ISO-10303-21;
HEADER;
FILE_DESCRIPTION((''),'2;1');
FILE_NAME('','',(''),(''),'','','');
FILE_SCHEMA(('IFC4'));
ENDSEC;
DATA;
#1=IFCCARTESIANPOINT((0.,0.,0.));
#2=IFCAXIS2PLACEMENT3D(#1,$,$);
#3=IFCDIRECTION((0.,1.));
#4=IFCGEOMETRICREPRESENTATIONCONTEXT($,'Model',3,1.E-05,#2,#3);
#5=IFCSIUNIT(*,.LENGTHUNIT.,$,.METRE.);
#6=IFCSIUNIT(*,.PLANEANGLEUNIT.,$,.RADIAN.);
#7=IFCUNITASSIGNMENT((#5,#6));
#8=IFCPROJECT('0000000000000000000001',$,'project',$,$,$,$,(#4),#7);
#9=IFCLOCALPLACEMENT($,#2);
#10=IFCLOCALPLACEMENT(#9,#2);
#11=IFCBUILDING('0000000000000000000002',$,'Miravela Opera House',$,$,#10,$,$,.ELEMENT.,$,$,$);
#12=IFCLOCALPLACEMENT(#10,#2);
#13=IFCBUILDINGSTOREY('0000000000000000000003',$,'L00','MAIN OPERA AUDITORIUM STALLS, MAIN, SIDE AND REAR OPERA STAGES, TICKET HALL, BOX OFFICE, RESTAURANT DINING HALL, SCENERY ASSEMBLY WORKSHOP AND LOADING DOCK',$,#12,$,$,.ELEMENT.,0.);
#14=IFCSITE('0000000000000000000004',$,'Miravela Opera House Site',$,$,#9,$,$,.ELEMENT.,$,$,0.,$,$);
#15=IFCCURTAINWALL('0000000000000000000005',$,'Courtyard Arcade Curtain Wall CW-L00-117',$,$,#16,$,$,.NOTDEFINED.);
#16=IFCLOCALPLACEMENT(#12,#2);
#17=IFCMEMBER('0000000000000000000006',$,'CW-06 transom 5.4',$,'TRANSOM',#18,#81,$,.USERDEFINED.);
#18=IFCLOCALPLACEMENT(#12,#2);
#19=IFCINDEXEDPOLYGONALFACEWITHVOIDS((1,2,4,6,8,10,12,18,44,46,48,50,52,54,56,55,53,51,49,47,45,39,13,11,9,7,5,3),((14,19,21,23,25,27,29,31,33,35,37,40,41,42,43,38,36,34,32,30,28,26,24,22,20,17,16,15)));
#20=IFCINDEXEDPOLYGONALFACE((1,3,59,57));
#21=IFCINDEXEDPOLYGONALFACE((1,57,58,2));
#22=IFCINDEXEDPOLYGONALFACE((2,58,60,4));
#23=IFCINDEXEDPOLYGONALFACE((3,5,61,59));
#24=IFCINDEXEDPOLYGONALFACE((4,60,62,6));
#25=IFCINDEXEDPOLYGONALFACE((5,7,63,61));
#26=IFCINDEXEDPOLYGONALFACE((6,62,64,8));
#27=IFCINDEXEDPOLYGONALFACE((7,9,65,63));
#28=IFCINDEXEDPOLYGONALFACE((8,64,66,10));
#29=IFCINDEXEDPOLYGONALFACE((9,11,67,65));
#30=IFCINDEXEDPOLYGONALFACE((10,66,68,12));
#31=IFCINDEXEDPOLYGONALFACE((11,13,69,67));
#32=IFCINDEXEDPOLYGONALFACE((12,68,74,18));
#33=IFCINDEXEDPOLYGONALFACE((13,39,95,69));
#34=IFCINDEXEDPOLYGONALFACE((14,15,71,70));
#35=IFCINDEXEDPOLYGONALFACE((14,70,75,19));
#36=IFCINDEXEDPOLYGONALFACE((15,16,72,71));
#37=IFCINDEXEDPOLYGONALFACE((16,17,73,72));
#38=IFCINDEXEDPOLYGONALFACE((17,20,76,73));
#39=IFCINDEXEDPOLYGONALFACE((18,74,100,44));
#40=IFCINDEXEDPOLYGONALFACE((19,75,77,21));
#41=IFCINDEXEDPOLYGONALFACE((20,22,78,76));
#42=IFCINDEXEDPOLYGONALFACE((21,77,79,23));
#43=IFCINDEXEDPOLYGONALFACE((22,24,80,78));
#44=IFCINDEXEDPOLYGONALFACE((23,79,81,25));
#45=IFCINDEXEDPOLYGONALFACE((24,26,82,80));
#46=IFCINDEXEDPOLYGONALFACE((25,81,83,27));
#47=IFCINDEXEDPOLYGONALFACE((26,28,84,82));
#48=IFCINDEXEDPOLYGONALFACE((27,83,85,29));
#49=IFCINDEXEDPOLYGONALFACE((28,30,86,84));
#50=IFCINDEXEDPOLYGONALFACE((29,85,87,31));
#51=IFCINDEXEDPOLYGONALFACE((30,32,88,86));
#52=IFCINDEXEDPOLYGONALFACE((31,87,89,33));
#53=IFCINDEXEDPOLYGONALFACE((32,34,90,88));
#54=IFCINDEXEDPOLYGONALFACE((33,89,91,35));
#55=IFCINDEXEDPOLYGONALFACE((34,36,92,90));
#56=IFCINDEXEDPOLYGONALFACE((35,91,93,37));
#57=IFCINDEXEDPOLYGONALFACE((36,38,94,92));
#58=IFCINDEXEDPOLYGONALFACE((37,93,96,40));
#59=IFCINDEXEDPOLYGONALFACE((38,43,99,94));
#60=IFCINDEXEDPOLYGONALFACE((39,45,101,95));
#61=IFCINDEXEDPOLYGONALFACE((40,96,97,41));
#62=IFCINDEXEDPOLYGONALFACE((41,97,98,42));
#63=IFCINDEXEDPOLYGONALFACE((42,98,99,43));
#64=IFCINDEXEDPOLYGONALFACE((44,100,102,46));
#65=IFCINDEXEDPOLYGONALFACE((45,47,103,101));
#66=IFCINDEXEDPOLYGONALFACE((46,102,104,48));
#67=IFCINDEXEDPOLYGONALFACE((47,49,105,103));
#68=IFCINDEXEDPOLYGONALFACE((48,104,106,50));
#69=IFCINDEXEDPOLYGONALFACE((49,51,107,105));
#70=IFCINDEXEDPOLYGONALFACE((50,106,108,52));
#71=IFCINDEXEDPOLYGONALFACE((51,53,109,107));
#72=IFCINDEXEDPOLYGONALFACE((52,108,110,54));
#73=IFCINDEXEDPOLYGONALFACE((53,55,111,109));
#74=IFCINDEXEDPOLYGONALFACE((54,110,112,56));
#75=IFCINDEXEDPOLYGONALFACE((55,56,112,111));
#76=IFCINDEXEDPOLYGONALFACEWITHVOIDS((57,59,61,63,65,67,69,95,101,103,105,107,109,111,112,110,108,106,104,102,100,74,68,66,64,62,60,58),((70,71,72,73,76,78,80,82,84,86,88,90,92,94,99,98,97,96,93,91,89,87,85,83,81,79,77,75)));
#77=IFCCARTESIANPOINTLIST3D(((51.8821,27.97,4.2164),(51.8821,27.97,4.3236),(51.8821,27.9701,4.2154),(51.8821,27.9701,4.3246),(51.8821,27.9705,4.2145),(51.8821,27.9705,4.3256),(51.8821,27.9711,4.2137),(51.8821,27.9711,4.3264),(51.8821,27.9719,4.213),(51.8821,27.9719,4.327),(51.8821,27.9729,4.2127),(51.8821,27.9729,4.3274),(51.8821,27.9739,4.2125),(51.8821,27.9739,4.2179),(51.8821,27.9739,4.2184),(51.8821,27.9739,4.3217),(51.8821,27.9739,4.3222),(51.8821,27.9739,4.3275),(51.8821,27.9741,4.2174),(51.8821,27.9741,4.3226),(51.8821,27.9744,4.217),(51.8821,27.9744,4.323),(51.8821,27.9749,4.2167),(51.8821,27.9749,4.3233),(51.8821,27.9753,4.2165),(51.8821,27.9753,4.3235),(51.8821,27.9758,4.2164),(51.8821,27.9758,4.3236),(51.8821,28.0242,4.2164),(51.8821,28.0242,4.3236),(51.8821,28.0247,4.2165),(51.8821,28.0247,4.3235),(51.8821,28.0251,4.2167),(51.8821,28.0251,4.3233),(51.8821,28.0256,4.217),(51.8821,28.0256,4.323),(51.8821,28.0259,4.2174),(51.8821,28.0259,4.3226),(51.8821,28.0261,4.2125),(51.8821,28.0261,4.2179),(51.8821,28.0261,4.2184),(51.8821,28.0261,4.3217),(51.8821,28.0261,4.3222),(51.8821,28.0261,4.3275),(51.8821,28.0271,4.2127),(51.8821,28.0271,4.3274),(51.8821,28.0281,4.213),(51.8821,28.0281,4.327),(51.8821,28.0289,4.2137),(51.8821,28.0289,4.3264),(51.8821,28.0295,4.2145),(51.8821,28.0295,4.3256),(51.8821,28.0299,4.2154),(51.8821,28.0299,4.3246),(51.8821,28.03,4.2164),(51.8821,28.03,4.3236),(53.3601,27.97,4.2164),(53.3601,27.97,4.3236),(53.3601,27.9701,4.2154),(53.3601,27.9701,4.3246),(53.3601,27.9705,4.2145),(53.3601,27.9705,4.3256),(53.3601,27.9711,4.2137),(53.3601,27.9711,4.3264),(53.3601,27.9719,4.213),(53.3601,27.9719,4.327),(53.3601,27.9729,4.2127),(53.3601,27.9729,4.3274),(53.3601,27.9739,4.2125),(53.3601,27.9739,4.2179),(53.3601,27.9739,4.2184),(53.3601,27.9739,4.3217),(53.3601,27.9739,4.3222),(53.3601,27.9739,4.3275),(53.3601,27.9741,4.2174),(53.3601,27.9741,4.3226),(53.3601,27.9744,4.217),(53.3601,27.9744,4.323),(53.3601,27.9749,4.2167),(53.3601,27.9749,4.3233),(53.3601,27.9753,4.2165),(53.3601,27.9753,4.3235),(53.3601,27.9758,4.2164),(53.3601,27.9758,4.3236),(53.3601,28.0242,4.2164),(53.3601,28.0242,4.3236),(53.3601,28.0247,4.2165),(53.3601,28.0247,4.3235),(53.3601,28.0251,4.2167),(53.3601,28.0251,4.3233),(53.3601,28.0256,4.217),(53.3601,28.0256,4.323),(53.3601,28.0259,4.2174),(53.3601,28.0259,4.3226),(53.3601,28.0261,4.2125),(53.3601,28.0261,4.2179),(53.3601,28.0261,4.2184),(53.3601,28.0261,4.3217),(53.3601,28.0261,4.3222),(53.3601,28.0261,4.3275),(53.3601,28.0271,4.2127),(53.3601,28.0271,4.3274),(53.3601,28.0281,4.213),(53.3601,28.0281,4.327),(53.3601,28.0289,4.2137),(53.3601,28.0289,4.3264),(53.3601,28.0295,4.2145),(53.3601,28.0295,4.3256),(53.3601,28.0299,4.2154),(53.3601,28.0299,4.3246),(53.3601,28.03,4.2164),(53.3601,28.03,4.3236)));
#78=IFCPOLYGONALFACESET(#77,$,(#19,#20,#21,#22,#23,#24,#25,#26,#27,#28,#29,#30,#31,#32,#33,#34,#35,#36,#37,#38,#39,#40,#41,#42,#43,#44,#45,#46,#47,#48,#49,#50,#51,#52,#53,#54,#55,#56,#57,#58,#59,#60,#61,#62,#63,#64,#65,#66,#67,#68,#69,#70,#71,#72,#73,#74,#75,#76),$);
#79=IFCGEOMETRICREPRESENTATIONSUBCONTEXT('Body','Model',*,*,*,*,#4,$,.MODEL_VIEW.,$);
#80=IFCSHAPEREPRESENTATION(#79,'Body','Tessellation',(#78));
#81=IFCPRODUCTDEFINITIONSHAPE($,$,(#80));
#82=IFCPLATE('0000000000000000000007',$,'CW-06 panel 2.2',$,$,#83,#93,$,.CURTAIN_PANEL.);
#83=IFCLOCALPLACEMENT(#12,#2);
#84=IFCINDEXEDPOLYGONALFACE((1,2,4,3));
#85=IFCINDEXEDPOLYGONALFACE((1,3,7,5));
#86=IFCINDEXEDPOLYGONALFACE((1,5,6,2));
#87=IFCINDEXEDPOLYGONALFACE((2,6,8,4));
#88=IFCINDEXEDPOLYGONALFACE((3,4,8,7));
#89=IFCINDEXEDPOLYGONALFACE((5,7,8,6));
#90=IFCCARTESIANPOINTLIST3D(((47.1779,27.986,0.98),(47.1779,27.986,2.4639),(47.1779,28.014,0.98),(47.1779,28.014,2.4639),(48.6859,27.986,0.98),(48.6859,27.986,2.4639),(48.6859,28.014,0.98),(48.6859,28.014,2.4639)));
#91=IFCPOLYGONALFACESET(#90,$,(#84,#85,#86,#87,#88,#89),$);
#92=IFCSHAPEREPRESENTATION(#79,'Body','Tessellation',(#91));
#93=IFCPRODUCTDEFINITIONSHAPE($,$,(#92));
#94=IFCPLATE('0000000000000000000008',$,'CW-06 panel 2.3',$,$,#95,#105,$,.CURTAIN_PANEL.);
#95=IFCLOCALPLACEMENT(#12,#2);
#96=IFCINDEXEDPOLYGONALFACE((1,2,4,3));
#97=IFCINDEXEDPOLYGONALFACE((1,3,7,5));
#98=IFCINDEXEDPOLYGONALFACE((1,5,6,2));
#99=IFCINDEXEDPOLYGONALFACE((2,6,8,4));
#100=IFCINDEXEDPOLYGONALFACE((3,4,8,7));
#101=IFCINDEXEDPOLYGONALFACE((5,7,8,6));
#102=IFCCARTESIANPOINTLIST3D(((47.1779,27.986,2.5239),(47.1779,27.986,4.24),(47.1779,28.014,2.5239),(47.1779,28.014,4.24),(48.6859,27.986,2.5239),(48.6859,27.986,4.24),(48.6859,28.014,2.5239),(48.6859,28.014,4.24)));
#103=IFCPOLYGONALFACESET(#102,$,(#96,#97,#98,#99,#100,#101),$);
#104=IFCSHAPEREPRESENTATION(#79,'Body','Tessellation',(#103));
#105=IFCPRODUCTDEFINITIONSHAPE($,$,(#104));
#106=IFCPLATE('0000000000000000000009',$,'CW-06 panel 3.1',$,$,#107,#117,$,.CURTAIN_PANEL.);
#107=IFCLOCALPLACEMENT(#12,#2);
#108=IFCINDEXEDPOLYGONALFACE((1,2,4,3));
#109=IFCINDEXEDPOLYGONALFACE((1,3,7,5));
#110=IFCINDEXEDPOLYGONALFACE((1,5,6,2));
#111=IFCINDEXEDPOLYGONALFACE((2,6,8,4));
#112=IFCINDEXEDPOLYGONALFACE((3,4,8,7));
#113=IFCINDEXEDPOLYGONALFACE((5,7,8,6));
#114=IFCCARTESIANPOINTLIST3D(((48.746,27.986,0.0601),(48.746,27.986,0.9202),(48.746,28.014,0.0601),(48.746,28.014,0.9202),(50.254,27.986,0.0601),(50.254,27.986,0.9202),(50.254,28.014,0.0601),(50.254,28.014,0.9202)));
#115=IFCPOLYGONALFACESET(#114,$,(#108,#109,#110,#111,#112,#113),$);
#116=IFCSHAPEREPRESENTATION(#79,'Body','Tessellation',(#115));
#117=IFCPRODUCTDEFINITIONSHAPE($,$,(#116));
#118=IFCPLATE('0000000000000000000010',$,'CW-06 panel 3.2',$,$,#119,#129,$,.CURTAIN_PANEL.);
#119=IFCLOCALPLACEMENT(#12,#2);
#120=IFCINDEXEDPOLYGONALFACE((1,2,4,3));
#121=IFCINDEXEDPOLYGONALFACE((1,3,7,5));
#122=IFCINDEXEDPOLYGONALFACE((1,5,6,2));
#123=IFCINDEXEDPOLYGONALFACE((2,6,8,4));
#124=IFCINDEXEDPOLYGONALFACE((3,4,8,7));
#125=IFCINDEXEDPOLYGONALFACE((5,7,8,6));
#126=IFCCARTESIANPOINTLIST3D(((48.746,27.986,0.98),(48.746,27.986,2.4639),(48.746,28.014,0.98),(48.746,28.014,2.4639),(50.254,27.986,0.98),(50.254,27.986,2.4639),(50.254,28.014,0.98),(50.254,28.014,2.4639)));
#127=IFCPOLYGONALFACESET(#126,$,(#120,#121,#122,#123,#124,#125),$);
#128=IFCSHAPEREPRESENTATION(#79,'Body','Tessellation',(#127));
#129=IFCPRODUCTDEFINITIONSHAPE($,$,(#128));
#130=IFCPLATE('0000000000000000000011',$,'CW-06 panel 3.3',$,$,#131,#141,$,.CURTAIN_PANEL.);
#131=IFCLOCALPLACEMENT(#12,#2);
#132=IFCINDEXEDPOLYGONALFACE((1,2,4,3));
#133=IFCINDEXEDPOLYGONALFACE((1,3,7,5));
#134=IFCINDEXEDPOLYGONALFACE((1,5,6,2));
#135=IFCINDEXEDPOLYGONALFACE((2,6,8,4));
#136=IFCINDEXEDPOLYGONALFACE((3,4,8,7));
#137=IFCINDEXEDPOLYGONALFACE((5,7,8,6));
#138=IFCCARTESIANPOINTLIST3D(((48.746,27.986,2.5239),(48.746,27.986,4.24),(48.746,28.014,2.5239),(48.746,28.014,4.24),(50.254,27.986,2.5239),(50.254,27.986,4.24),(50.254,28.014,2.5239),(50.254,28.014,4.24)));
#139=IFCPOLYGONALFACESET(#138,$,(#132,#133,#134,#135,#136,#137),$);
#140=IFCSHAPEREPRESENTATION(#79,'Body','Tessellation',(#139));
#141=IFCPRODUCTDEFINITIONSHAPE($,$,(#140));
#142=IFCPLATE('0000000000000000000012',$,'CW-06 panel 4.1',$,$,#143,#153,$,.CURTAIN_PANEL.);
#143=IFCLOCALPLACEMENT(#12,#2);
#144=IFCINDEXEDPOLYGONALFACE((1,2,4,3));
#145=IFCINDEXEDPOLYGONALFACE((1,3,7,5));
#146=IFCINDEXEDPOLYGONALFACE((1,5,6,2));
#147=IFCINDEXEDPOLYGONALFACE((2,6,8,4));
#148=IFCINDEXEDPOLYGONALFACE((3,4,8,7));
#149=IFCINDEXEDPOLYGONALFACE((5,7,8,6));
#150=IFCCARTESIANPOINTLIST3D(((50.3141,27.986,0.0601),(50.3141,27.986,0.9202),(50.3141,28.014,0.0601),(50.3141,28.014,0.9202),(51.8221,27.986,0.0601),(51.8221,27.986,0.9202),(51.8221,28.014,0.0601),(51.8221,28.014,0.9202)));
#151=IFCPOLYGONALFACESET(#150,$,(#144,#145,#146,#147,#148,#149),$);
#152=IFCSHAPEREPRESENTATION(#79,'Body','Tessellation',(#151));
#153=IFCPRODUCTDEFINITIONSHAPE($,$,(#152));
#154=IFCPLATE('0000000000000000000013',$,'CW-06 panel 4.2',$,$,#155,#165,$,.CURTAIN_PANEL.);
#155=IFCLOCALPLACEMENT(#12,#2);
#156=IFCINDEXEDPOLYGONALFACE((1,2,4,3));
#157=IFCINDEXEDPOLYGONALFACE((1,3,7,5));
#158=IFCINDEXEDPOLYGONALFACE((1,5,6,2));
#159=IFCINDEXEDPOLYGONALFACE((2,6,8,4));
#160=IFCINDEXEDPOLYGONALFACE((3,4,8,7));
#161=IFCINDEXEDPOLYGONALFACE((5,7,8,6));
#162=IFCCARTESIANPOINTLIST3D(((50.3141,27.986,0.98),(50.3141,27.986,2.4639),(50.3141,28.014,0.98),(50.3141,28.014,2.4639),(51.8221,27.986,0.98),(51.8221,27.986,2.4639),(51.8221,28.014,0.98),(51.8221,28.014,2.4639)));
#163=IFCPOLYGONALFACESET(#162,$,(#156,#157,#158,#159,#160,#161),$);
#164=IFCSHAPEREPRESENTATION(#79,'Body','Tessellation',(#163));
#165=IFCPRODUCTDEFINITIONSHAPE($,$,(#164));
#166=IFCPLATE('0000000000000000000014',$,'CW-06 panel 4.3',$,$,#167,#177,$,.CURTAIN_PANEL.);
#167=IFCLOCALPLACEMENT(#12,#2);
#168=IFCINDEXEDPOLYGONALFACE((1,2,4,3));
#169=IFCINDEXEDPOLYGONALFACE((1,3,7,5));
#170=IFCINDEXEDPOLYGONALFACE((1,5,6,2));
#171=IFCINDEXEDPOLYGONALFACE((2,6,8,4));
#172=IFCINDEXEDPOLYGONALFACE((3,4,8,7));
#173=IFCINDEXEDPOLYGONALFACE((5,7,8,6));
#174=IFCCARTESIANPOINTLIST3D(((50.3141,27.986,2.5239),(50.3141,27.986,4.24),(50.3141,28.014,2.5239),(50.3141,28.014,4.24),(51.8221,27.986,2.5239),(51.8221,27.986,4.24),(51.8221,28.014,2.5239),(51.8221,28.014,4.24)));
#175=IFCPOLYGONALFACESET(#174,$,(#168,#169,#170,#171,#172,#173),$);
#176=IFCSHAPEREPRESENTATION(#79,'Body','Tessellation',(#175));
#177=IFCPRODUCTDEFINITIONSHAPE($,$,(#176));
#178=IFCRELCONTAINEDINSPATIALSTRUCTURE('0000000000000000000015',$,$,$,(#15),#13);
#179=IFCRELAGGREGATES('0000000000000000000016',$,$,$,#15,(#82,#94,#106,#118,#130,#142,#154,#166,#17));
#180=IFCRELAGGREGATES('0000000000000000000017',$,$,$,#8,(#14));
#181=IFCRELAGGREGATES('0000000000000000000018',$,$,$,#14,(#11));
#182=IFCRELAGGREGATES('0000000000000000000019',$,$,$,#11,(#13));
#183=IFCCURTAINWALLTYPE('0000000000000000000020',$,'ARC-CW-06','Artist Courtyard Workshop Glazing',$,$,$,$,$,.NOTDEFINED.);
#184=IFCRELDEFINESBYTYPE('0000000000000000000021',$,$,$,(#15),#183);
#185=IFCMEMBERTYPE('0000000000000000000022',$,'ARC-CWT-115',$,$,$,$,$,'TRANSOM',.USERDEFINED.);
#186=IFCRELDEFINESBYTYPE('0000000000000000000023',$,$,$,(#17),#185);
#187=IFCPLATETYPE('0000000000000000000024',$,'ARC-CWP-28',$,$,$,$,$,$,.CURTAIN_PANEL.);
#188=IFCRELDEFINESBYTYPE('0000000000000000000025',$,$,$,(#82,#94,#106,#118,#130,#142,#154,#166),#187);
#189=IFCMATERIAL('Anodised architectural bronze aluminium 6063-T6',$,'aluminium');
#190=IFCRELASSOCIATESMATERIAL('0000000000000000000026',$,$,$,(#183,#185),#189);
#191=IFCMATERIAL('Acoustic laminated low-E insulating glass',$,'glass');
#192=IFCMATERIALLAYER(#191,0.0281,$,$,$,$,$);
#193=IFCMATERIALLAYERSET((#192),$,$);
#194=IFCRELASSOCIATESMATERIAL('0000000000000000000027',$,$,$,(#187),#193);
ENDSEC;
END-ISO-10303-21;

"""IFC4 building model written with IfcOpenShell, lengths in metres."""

from ifc_helpers import new_model, si_unit, direction, frame, origin, origin_2d, place, context, subcontext, project, spatial, rectangle, hollow_rectangle, extrude, material, layer, layer_set, material_profile, profile_set, type_object, element, aggregate, save


model = new_model("IFC4")

# Units and contexts
model_context = context("Model", 3, precision=1e-05, world=origin(), true_north=direction((0.0, 1.0)))
body_context = subcontext(model_context, "Body", "Model", "MODEL_VIEW")
ifc_project = project(units=[si_unit("LENGTHUNIT", "METRE"), si_unit("PLANEANGLEUNIT", "RADIAN")], contexts=[model_context])

# Site, building, storey
site_placement = place(None, origin())
site = spatial("IfcSite", under=ifc_project, at=site_placement, Name="Miravela Opera House Site", CompositionType="ELEMENT", RefElevation=0.0)
building_placement = place(site_placement, origin())
building = spatial("IfcBuilding", under=site, at=building_placement, Name="Miravela Opera House", CompositionType="ELEMENT")
storey_placement = place(building_placement, origin())
storey = spatial("IfcBuildingStorey", under=building, at=storey_placement, Name="L00", Description="MAIN OPERA AUDITORIUM STALLS, MAIN, SIDE AND REAR OPERA STAGES, TICKET HALL, BOX OFFICE, RESTAURANT DINING HALL, SCENERY ASSEMBLY WORKSHOP AND LOADING DOCK", CompositionType="ELEMENT", Elevation=0.0)

# Curtain wall, member, plates
ifc_material_1 = material(Name="Anodised architectural bronze aluminium 6063-T6", Category="aluminium")
curtain_wall_type = type_object("IfcCurtainWallType", Name="ARC-CW-06", Description="Artist Courtyard Workshop Glazing", PredefinedType="NOTDEFINED", material=ifc_material_1)
curtain_wall_placement = place(storey_placement, origin())
curtain_wall = element("IfcCurtainWall", 1, at=curtain_wall_placement, inside=storey, type_object=curtain_wall_type, Name="Courtyard Arcade Curtain Wall CW-L00-117", PredefinedType="NOTDEFINED")
ifc_material_profile_1 = material_profile(ifc_material_1, hollow_rectangle(XDim=0.0601, YDim=0.115, WallThickness=0.0039, InnerFilletRadius=0.002, OuterFilletRadius=0.0039, at=origin_2d()), Name="CWT-60X115")
ifc_profile_set_1 = profile_set([ifc_material_profile_1])
member_type_1 = type_object("IfcMemberType", Name="ARC-CWT-115", ElementType="TRANSOM", PredefinedType="USERDEFINED", material=ifc_profile_set_1)
member_1_placement = place(storey_placement, frame((51.8821, 28.0, 4.27), z_axis=(1.0, 0.0, 0.0), x_axis=(0.0, 1.0, 0.0)))
member_1 = element("IfcMember", 2, at=member_1_placement, type_object=member_type_1, Name="CW-06 transom 5.4", ObjectType="TRANSOM", PredefinedType="USERDEFINED", context=body_context, shape_type="SweptSolid", body=[
    extrude(hollow_rectangle(XDim=0.0601, YDim=0.115, WallThickness=0.0039, InnerFilletRadius=0.002, OuterFilletRadius=0.0039, at=origin_2d()), origin(), (0.0, 0.0, 1.0), 1.478),
])
ifc_material_2 = material(Name="Acoustic laminated low-E insulating glass", Category="glass")
ifc_layer = layer(ifc_material_2, 0.0281)
ifc_layer_set = layer_set([ifc_layer])
plate_type = type_object("IfcPlateType", Name="ARC-CWP-28", PredefinedType="CURTAIN_PANEL", material=ifc_layer_set)
plate_1_placement = place(storey_placement, frame((47.9319, 28.0, 0.98), z_axis=(0.0, 0.0, 1.0), x_axis=(1.0, 0.0, 0.0)))
plate_1 = element("IfcPlate", 3, at=plate_1_placement, type_object=plate_type, Name="CW-06 panel 2.2", PredefinedType="CURTAIN_PANEL", context=body_context, shape_type="SweptSolid", body=[
    extrude(rectangle(XDim=1.5081, YDim=0.0281, at=origin_2d()), origin(), (0.0, 0.0, 1.0), 1.4839),
])
plate_2_placement = place(storey_placement, frame((47.9319, 28.0, 2.5239), z_axis=(0.0, 0.0, 1.0), x_axis=(1.0, 0.0, 0.0)))
plate_2 = element("IfcPlate", 4, at=plate_2_placement, type_object=plate_type, Name="CW-06 panel 2.3", PredefinedType="CURTAIN_PANEL", context=body_context, shape_type="SweptSolid", body=[
    extrude(rectangle(XDim=1.5081, YDim=0.0281, at=origin_2d()), origin(), (0.0, 0.0, 1.0), 1.7161),
])
plate_3_placement = place(storey_placement, frame((49.5, 28.0, 0.0601), z_axis=(0.0, 0.0, 1.0), x_axis=(1.0, 0.0, 0.0)))
plate_3 = element("IfcPlate", 5, at=plate_3_placement, type_object=plate_type, Name="CW-06 panel 3.1", PredefinedType="CURTAIN_PANEL", context=body_context, shape_type="SweptSolid", body=[
    extrude(rectangle(XDim=1.5081, YDim=0.0281, at=origin_2d()), origin(), (0.0, 0.0, 1.0), 0.8601),
])
plate_4_placement = place(storey_placement, frame((49.5, 28.0, 0.98), z_axis=(0.0, 0.0, 1.0), x_axis=(1.0, 0.0, 0.0)))
plate_4 = element("IfcPlate", 6, at=plate_4_placement, type_object=plate_type, Name="CW-06 panel 3.2", PredefinedType="CURTAIN_PANEL", context=body_context, shape_type="SweptSolid", body=[
    extrude(rectangle(XDim=1.5081, YDim=0.0281, at=origin_2d()), origin(), (0.0, 0.0, 1.0), 1.4839),
])
plate_5_placement = place(storey_placement, frame((49.5, 28.0, 2.5239), z_axis=(0.0, 0.0, 1.0), x_axis=(1.0, 0.0, 0.0)))
plate_5 = element("IfcPlate", 7, at=plate_5_placement, type_object=plate_type, Name="CW-06 panel 3.3", PredefinedType="CURTAIN_PANEL", context=body_context, shape_type="SweptSolid", body=[
    extrude(rectangle(XDim=1.5081, YDim=0.0281, at=origin_2d()), origin(), (0.0, 0.0, 1.0), 1.7161),
])
plate_6_placement = place(storey_placement, frame((51.0681, 28.0, 0.0601), z_axis=(0.0, 0.0, 1.0), x_axis=(1.0, 0.0, 0.0)))
plate_6 = element("IfcPlate", 8, at=plate_6_placement, type_object=plate_type, Name="CW-06 panel 4.1", PredefinedType="CURTAIN_PANEL", context=body_context, shape_type="SweptSolid", body=[
    extrude(rectangle(XDim=1.5081, YDim=0.0281, at=origin_2d()), origin(), (0.0, 0.0, 1.0), 0.8601),
])
plate_7_placement = place(storey_placement, frame((51.0681, 28.0, 0.98), z_axis=(0.0, 0.0, 1.0), x_axis=(1.0, 0.0, 0.0)))
plate_7 = element("IfcPlate", 9, at=plate_7_placement, type_object=plate_type, Name="CW-06 panel 4.2", PredefinedType="CURTAIN_PANEL", context=body_context, shape_type="SweptSolid", body=[
    extrude(rectangle(XDim=1.5081, YDim=0.0281, at=origin_2d()), origin(), (0.0, 0.0, 1.0), 1.4839),
])
plate_8_placement = place(storey_placement, frame((51.0681, 28.0, 2.5239), z_axis=(0.0, 0.0, 1.0), x_axis=(1.0, 0.0, 0.0)))
plate_8 = element("IfcPlate", 10, at=plate_8_placement, type_object=plate_type, Name="CW-06 panel 4.3", PredefinedType="CURTAIN_PANEL", context=body_context, shape_type="SweptSolid", body=[
    extrude(rectangle(XDim=1.5081, YDim=0.0281, at=origin_2d()), origin(), (0.0, 0.0, 1.0), 1.7161),
])
aggregate(curtain_wall, [plate_1, plate_2, plate_3, plate_4, plate_5, plate_6, plate_7, plate_8, member_1])

save(model, "model.ifc")
